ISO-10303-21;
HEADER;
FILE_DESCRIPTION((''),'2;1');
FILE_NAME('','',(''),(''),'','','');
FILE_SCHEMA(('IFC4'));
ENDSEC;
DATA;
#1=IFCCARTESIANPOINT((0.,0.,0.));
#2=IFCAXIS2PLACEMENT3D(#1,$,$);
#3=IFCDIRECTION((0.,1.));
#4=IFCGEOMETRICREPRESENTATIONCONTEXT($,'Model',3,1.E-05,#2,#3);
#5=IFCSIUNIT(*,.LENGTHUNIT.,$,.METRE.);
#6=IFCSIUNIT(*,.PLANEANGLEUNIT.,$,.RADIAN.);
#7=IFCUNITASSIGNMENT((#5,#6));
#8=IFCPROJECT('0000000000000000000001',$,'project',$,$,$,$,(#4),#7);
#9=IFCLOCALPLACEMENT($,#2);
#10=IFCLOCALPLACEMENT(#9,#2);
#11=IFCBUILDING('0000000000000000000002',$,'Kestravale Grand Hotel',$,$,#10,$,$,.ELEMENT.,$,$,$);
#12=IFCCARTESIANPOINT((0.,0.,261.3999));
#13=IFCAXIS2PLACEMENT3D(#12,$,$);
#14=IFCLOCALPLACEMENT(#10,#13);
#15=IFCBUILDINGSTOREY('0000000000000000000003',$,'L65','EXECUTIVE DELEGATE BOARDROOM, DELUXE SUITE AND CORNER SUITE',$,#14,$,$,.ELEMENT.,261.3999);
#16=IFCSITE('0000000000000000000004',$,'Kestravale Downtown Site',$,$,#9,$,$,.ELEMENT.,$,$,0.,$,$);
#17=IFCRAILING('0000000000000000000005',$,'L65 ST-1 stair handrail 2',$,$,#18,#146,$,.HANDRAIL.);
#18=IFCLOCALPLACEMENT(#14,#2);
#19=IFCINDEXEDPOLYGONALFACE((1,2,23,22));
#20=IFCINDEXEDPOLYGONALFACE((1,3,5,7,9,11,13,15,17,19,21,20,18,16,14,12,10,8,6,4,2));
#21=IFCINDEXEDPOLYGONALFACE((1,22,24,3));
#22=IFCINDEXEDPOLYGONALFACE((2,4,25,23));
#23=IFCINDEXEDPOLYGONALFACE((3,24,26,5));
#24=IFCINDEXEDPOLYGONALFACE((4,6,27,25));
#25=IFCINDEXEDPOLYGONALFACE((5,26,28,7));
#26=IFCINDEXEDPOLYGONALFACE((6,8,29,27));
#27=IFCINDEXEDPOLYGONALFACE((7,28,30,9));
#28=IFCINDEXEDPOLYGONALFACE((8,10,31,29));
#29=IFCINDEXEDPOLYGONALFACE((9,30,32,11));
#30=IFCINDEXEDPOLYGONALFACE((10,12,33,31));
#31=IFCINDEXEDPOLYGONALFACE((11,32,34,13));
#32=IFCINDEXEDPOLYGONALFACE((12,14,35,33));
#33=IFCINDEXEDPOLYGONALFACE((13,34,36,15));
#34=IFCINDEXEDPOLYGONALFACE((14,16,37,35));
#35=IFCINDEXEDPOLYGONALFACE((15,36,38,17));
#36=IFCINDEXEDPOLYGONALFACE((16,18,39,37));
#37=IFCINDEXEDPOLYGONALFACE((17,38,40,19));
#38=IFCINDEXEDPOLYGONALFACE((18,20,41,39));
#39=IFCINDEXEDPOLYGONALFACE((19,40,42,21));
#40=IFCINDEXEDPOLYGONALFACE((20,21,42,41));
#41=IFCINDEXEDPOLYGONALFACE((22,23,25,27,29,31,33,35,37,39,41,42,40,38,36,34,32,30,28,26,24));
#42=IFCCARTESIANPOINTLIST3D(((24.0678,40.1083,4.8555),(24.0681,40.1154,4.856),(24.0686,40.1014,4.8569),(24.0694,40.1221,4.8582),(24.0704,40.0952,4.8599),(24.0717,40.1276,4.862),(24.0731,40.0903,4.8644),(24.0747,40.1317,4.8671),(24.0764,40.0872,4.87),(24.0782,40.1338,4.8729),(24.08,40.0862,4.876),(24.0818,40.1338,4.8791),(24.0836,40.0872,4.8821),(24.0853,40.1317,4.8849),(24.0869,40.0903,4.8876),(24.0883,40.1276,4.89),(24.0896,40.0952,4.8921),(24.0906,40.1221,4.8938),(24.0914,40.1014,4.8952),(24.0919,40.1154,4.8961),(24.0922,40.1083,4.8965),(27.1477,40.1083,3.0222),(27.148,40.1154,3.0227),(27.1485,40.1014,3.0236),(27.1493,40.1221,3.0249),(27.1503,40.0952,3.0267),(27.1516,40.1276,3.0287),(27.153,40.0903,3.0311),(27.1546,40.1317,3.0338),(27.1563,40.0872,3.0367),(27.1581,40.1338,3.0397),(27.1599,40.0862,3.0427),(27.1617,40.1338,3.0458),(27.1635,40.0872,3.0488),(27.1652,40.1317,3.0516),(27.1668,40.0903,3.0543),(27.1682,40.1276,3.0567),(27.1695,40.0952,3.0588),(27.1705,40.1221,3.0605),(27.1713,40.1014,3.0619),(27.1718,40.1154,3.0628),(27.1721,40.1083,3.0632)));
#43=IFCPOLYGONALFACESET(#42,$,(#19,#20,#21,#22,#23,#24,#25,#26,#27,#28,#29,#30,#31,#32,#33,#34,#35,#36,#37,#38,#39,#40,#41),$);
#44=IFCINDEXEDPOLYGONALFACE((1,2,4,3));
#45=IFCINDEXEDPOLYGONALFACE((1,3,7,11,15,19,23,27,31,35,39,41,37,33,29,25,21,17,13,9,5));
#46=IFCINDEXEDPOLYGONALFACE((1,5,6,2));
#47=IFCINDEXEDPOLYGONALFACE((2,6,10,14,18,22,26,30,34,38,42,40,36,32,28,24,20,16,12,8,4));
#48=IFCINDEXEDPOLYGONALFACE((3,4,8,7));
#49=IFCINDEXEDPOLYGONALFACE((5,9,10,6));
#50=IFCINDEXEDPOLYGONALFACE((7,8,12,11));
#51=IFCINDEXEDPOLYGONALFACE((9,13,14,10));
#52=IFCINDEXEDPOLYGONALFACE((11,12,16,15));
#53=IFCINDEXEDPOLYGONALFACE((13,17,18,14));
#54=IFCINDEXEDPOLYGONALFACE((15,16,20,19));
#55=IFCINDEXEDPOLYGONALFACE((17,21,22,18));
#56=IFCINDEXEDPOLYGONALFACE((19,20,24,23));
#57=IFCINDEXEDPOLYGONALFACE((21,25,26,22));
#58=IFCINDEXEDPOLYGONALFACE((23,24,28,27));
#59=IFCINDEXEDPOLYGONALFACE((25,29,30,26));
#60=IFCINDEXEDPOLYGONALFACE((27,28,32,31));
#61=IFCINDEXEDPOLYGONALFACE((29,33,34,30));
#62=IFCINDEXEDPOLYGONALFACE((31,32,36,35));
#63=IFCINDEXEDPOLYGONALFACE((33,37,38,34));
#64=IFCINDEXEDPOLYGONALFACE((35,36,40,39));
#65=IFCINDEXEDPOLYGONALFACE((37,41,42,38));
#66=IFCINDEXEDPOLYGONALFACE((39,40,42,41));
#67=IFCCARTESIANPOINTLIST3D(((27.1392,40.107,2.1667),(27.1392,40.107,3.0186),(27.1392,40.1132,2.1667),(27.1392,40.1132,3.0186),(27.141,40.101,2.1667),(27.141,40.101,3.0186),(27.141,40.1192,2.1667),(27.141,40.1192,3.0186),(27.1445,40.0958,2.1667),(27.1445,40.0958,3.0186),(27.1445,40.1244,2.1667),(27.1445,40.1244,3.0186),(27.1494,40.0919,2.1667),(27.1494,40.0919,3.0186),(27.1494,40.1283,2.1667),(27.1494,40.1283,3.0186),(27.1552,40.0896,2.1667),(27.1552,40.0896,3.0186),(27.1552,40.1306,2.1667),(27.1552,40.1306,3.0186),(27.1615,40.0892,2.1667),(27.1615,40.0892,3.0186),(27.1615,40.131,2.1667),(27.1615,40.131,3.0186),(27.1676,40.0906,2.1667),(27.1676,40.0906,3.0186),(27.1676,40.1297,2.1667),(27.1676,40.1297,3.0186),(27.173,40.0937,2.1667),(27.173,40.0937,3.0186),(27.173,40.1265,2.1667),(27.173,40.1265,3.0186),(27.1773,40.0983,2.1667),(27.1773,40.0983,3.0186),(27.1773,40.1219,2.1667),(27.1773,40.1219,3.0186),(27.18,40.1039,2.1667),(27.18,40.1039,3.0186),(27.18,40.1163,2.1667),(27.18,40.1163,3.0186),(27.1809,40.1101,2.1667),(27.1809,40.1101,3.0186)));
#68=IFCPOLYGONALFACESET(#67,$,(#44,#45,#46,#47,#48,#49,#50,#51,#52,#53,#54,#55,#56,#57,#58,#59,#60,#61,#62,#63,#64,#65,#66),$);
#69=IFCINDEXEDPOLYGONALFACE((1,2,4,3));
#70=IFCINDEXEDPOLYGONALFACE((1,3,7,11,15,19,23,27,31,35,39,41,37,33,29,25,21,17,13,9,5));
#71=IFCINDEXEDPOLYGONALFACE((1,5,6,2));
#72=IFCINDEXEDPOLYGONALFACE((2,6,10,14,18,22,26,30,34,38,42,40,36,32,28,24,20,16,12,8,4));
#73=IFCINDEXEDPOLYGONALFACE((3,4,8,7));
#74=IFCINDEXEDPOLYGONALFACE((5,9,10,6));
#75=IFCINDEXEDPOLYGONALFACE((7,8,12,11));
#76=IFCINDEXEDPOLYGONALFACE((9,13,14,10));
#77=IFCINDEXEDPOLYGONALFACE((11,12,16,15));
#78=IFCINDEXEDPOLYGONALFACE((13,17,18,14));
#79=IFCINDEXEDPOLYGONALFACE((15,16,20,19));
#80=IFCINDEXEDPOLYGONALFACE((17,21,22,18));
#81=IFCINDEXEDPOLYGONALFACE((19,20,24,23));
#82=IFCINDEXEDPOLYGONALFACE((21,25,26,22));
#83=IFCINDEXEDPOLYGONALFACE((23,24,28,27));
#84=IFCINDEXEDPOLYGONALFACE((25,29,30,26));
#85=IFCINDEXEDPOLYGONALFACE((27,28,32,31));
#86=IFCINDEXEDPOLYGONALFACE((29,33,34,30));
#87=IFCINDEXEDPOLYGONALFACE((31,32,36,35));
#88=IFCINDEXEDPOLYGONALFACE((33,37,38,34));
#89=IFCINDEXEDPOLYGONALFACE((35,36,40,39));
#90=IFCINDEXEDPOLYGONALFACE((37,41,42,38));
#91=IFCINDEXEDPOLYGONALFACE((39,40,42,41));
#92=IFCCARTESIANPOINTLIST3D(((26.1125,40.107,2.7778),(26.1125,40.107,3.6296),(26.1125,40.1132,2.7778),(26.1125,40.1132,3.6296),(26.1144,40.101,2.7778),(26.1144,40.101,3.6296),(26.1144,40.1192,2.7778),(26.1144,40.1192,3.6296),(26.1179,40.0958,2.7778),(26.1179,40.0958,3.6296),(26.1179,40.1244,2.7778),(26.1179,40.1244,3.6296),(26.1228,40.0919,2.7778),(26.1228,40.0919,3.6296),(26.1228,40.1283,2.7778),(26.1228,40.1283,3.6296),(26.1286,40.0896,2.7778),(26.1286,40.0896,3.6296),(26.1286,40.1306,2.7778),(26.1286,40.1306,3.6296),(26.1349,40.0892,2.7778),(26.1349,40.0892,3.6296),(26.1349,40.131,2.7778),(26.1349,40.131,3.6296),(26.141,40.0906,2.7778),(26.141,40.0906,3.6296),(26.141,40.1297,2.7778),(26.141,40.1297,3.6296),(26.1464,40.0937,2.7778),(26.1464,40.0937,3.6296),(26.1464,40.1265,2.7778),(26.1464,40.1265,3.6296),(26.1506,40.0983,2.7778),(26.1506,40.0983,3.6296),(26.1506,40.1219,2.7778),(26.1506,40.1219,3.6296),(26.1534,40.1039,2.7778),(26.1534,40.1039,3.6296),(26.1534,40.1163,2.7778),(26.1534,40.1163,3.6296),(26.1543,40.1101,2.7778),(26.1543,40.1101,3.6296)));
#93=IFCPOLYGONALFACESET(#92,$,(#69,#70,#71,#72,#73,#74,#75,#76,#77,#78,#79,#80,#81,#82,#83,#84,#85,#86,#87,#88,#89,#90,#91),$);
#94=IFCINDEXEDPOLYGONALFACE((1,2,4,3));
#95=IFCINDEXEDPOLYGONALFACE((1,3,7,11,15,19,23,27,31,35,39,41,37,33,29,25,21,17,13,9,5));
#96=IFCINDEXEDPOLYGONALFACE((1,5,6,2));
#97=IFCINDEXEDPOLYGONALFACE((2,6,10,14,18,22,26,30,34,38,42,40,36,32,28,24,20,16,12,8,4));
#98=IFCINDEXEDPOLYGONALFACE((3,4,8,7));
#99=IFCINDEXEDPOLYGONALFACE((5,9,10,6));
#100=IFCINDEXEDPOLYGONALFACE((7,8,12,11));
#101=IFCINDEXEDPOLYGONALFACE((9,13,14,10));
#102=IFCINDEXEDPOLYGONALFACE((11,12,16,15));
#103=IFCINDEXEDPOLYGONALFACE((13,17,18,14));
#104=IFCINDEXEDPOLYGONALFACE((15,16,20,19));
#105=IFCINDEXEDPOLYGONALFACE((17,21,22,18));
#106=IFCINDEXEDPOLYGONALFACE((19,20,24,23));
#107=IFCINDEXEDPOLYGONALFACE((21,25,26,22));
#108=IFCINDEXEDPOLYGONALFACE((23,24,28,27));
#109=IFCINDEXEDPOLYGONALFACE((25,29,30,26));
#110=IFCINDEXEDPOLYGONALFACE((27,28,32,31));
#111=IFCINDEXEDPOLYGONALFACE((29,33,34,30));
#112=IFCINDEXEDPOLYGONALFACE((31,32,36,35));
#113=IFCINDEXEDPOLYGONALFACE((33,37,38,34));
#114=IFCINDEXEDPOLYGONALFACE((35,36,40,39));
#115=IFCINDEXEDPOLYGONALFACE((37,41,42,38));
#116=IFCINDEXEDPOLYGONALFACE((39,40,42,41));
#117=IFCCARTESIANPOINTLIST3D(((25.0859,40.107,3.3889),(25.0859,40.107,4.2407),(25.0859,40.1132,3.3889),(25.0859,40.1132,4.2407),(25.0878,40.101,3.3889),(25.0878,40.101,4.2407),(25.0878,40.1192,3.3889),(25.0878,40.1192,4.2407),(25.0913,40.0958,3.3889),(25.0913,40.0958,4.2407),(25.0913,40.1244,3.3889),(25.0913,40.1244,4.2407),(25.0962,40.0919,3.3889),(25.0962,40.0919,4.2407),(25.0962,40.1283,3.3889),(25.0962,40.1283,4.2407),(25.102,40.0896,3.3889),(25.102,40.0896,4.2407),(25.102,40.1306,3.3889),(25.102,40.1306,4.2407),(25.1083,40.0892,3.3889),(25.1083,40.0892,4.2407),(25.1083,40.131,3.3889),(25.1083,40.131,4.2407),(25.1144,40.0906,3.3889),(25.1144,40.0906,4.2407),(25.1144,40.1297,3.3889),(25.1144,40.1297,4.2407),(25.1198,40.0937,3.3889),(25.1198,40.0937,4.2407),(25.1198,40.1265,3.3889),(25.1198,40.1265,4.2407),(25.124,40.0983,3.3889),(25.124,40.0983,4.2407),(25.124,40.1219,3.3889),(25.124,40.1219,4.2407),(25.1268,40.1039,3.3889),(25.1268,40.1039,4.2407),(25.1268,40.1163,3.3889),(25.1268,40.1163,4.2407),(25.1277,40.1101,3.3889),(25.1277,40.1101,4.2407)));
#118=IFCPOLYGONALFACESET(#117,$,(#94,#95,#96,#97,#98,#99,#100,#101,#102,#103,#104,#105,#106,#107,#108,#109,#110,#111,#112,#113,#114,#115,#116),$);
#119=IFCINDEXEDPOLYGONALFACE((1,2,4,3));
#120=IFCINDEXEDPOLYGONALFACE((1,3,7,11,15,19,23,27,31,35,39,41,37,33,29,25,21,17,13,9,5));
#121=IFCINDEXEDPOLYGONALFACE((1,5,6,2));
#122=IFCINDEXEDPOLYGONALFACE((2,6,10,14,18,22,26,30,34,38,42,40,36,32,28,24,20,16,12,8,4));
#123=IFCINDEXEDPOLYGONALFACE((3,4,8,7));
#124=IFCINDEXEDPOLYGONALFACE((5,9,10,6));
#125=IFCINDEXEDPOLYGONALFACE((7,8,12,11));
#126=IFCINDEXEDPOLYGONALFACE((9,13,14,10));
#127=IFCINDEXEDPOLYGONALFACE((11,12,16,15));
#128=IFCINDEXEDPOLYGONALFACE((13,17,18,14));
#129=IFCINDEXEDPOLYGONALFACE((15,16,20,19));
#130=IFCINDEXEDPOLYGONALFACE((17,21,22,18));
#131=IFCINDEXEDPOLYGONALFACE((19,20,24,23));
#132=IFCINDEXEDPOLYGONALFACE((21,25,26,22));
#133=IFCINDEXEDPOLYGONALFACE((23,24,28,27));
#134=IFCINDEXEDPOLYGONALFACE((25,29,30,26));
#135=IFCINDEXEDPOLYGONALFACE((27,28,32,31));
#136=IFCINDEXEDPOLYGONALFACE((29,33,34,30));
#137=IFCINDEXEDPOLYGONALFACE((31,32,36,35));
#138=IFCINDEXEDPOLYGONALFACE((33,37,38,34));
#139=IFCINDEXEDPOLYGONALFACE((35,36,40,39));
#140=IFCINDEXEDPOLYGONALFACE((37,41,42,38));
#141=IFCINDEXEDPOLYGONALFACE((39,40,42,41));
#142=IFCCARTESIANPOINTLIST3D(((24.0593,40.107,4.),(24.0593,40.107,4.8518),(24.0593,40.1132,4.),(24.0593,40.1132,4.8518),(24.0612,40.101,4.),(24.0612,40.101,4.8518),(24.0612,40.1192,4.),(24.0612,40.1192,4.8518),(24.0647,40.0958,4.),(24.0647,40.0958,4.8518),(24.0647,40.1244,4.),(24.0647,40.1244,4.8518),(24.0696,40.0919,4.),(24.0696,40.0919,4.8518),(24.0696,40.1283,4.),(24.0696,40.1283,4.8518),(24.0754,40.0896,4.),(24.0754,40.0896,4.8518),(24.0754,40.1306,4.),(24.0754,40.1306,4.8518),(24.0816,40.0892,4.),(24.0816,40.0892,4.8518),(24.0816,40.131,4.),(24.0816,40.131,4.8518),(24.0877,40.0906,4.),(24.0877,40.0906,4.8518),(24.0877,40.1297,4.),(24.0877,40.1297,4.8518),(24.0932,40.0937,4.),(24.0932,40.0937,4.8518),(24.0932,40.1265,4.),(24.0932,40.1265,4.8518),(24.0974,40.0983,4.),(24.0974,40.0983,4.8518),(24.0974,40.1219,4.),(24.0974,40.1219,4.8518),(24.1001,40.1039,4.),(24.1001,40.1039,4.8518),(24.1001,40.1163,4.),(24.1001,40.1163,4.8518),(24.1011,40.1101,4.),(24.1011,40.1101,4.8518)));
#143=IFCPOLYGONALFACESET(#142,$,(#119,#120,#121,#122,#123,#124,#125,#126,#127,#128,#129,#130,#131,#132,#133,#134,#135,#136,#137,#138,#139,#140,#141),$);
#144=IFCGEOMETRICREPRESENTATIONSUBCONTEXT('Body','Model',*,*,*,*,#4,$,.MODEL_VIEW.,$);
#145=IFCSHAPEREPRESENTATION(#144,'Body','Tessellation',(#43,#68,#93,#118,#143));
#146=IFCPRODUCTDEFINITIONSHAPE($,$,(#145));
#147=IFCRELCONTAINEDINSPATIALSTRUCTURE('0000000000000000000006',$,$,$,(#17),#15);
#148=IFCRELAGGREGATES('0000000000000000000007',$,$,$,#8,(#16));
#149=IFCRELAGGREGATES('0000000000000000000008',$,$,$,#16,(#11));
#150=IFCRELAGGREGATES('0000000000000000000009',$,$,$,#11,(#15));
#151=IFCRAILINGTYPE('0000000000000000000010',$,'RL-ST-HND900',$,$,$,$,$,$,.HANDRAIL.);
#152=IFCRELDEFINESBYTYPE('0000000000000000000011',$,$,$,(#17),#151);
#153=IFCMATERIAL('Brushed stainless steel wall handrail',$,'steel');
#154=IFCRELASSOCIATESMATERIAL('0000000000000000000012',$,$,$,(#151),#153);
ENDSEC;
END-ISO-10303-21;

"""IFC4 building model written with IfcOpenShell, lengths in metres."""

from ifc_helpers import new_model, si_unit, direction, frame, origin, origin_2d, place, context, subcontext, project, spatial, circle, extrude, material, type_object, element, save


model = new_model("IFC4")

# Units and contexts
model_context = context("Model", 3, precision=1e-05, world=origin(), true_north=direction((0.0, 1.0)))
body_context = subcontext(model_context, "Body", "Model", "MODEL_VIEW")
ifc_project = project(units=[si_unit("LENGTHUNIT", "METRE"), si_unit("PLANEANGLEUNIT", "RADIAN")], contexts=[model_context])

# Site, building, storey
site_placement = place(None, origin())
site = spatial("IfcSite", under=ifc_project, at=site_placement, Name="Kestravale Downtown Site", CompositionType="ELEMENT", RefElevation=0.0)
building_placement = place(site_placement, origin())
building = spatial("IfcBuilding", under=site, at=building_placement, Name="Kestravale Grand Hotel", CompositionType="ELEMENT")
storey_placement = place(building_placement, frame((0.0, 0.0, 261.3999)))
storey = spatial("IfcBuildingStorey", under=building, at=storey_placement, Name="L65", Description="EXECUTIVE DELEGATE BOARDROOM, DELUXE SUITE AND CORNER SUITE", CompositionType="ELEMENT", Elevation=261.3999)

# Railing
ifc_material_1 = material(Name="Brushed stainless steel wall handrail", Category="steel")
railing_type_1 = type_object("IfcRailingType", Name="RL-ST-HND900", PredefinedType="HANDRAIL", material=ifc_material_1)
railing_1_placement = place(storey_placement, frame((27.1599, 40.1101, 2.1667)))
element("IfcRailing", 1, at=railing_1_placement, inside=storey, type_object=railing_type_1, Name="L65 ST-1 stair handrail 2", PredefinedType="HANDRAIL", context=body_context, shape_type="SweptSolid", body=[
    extrude(circle(Radius=0.0239, at=origin_2d()), frame((0.0, 0.0, 0.876), z_axis=(-0.859291, 0.0, 0.511487), x_axis=(0.0, -1.0, 0.0)), (0.0, 0.0, 1.0), 3.5842),
    extrude(circle(Radius=0.021, at=origin_2d()), origin(), (0.0, 0.0, 1.0), 0.8518),
    extrude(circle(Radius=0.021, at=origin_2d()), frame((-1.0266, 0.0, 0.6111)), (0.0, 0.0, 1.0), 0.8518),
    extrude(circle(Radius=0.021, at=origin_2d()), frame((-2.0532, 0.0, 1.2222)), (0.0, 0.0, 1.0), 0.8518),
    extrude(circle(Radius=0.021, at=origin_2d()), frame((-3.0798, 0.0, 1.8333)), (0.0, 0.0, 1.0), 0.8518),
])

save(model, "model.ifc")
